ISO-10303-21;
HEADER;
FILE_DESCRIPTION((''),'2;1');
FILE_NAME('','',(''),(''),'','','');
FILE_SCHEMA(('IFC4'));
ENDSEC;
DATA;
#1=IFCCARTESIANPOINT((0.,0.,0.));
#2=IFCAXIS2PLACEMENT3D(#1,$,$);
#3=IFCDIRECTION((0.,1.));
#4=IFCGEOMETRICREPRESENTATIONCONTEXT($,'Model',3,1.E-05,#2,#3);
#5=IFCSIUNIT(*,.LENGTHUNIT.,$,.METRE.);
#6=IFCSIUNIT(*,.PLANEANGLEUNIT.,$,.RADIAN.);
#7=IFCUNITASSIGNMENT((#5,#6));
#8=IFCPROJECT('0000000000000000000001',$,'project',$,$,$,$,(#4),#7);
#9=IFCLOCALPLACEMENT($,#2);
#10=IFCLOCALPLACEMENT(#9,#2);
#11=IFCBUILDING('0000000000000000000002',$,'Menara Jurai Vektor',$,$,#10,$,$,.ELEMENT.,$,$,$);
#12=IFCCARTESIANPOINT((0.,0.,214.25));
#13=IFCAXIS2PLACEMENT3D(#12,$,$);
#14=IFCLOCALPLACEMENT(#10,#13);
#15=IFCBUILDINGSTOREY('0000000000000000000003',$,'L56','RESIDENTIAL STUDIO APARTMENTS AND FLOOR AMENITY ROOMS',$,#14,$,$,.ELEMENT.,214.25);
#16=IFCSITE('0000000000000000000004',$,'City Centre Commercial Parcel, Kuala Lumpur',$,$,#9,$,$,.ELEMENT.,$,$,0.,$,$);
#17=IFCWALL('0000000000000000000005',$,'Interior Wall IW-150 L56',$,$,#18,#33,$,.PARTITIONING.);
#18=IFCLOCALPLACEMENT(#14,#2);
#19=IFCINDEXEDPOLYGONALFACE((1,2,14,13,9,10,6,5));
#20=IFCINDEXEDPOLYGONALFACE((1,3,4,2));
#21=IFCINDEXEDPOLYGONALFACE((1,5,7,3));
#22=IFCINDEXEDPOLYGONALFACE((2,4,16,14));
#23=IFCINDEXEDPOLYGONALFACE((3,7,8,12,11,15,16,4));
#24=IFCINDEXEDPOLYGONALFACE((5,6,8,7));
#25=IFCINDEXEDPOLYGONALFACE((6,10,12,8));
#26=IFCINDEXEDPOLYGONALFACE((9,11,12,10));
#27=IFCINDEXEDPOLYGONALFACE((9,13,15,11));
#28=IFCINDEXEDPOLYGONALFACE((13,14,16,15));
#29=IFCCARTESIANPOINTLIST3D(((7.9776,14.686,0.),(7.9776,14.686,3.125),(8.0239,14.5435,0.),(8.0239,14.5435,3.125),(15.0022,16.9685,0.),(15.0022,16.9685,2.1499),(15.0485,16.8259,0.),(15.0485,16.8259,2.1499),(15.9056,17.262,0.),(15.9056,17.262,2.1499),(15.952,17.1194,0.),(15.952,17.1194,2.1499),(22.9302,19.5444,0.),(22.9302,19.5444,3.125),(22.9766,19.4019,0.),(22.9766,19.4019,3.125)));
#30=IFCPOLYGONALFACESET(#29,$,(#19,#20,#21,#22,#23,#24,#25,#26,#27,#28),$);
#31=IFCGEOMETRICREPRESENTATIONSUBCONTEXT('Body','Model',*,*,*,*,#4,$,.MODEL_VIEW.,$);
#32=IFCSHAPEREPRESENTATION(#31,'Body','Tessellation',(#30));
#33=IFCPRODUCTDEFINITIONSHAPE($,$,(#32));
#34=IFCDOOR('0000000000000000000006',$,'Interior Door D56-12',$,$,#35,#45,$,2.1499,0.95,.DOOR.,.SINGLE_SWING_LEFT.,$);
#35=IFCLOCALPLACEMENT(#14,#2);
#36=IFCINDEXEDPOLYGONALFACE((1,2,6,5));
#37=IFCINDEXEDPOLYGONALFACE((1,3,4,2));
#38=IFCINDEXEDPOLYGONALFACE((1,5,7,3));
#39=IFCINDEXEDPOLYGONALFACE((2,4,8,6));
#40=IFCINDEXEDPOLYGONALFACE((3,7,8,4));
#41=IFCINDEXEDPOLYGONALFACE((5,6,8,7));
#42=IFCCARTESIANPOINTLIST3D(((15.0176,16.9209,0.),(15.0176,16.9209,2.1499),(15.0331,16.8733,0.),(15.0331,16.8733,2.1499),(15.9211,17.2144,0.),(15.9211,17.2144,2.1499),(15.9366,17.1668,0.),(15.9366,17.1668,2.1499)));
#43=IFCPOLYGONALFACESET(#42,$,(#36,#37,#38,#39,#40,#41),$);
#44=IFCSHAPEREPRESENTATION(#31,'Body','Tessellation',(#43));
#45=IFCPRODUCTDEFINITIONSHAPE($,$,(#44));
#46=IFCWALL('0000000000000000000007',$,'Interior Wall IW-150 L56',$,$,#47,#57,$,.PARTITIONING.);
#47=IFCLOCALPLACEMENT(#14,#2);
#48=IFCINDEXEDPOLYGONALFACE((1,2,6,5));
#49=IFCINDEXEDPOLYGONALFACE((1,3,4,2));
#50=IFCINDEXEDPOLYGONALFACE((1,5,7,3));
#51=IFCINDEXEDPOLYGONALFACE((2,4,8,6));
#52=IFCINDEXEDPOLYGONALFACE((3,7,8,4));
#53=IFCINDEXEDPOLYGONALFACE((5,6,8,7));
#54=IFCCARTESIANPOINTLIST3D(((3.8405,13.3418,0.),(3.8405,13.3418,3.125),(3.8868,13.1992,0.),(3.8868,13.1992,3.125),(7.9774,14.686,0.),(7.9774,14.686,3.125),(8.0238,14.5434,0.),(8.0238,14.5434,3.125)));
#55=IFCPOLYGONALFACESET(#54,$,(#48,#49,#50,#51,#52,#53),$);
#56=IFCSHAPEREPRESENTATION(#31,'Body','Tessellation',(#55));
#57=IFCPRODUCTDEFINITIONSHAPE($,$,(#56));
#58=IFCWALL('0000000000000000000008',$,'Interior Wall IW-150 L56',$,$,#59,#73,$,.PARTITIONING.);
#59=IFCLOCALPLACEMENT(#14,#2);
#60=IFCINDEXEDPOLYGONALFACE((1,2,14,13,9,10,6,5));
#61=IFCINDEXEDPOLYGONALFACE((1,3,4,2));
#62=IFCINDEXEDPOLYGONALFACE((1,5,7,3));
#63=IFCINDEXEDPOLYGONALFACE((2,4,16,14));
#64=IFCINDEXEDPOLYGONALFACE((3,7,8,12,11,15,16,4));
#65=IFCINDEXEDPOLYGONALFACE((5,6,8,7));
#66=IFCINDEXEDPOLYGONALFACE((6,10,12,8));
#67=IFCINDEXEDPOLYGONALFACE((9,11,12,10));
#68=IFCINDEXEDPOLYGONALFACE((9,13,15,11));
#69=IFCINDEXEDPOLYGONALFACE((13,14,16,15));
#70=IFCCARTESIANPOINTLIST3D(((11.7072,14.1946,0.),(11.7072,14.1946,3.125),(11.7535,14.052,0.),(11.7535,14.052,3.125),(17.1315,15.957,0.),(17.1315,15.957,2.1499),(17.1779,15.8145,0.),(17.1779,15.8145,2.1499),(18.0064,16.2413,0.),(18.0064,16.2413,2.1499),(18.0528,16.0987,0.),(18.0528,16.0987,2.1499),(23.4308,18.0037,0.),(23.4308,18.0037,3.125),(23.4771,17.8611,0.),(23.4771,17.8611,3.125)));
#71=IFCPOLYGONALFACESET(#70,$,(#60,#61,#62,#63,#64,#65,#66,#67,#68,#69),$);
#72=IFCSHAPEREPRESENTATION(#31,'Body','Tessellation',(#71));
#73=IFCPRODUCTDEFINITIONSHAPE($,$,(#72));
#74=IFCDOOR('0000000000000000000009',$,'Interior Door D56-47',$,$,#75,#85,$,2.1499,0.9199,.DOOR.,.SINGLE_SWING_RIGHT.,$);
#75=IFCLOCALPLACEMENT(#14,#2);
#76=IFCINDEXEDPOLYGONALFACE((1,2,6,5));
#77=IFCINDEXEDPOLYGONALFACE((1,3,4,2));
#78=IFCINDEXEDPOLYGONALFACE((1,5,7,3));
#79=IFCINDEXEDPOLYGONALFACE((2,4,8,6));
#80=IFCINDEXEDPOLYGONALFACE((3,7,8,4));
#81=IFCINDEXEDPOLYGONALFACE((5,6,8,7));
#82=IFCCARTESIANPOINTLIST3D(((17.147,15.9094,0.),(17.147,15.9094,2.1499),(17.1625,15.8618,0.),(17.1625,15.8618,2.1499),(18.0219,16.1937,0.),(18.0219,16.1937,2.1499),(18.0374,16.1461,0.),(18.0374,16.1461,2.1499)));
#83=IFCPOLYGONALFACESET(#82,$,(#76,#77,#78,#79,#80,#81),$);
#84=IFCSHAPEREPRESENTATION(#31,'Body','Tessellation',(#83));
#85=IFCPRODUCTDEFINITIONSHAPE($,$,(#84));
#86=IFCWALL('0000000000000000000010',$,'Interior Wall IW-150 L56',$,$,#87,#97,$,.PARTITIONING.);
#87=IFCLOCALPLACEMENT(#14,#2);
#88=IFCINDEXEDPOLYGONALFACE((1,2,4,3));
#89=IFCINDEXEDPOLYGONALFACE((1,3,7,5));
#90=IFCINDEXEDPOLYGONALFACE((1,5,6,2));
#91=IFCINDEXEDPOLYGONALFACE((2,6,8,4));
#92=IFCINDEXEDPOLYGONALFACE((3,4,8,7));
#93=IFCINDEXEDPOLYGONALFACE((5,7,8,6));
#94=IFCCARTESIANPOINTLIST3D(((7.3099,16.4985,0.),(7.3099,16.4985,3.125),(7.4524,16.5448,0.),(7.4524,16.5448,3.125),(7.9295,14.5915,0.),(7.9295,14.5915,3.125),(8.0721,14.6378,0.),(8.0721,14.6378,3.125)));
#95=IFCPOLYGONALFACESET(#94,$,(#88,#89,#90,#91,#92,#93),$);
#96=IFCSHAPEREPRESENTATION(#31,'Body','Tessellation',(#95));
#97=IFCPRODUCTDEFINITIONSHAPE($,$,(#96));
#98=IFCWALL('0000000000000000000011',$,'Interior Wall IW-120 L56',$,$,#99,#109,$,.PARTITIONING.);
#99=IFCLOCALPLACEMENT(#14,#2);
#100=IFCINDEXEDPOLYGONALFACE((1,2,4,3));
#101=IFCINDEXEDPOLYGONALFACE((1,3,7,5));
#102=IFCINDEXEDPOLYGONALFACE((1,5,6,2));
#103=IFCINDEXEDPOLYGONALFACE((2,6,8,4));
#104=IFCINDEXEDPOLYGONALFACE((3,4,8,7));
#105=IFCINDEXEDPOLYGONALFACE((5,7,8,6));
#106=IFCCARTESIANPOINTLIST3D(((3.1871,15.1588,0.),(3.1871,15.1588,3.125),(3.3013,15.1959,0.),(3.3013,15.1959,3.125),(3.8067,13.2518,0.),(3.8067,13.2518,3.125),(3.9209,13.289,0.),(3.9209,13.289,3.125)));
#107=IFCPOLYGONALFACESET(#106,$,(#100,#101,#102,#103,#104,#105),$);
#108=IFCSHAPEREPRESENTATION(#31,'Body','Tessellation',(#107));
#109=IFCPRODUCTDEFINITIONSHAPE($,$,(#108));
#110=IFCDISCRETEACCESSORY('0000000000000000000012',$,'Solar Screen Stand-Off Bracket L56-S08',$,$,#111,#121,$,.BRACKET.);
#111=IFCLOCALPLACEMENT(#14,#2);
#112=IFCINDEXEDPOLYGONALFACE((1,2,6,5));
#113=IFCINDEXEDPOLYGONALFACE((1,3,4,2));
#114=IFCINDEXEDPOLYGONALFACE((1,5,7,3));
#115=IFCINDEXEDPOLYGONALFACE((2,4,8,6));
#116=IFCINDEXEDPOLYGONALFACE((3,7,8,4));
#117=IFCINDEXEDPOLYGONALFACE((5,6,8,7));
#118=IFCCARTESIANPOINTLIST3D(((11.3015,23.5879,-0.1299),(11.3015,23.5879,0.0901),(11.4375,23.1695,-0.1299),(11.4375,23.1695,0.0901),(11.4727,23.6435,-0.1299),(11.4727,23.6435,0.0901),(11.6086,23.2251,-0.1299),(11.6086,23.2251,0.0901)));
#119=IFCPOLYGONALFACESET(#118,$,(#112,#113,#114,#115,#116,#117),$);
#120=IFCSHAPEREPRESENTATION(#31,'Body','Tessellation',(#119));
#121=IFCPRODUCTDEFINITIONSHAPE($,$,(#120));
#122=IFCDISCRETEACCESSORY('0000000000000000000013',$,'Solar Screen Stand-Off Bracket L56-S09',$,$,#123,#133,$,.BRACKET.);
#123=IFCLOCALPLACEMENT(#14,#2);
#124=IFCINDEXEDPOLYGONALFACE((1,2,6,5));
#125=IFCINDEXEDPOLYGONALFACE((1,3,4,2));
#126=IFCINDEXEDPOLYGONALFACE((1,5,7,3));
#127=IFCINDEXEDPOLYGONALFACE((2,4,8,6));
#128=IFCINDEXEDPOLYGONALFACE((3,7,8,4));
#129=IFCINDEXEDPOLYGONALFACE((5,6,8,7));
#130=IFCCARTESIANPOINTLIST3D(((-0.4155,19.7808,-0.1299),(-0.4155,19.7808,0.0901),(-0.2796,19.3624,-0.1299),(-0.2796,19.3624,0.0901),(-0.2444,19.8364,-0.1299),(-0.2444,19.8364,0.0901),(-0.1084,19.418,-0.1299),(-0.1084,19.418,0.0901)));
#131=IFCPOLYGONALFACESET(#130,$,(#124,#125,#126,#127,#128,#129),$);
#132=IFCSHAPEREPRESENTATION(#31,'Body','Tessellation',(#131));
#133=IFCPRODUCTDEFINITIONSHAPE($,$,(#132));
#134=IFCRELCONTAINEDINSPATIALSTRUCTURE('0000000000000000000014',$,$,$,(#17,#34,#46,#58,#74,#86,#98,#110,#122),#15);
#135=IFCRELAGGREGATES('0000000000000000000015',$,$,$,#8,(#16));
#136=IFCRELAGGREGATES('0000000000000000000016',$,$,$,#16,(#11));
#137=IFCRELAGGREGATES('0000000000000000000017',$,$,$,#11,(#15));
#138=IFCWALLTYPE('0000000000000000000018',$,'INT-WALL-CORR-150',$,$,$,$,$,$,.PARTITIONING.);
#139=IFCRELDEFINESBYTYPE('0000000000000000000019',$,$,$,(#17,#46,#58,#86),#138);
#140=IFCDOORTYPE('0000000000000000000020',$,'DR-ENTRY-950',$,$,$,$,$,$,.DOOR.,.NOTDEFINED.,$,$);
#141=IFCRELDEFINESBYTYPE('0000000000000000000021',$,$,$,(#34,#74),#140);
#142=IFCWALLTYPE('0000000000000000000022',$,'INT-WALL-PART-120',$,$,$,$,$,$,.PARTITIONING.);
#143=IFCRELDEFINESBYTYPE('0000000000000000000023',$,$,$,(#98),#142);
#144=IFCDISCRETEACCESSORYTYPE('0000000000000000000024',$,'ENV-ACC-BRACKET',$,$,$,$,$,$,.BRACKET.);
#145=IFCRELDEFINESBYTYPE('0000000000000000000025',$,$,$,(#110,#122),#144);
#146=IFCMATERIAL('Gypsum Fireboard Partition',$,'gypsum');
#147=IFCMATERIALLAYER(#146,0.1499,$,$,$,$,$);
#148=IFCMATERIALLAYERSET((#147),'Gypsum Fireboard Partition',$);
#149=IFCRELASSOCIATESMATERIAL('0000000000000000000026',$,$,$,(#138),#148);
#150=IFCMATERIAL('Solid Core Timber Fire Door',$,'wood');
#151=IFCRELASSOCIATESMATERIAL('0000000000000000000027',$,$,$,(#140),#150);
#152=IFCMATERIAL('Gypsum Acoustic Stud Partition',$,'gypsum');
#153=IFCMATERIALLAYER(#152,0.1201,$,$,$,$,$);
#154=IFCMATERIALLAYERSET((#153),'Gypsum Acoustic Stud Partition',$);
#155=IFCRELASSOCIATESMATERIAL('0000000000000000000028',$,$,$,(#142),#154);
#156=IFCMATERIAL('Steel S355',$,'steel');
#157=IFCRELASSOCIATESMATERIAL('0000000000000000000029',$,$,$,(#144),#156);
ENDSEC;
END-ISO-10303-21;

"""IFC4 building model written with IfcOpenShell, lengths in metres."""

from ifc_helpers import new_model, si_unit, direction, frame, frame_2d, origin, origin_2d, place, context, subcontext, project, spatial, rectangle, extrude, material, layer, layer_set, type_object, element, fill, save


model = new_model("IFC4")

# Units and contexts
model_context = context("Model", 3, precision=1e-05, world=origin(), true_north=direction((0.0, 1.0)))
body_context = subcontext(model_context, "Body", "Model", "MODEL_VIEW")
ifc_project = project(units=[si_unit("LENGTHUNIT", "METRE"), si_unit("PLANEANGLEUNIT", "RADIAN")], contexts=[model_context])

# Site, building, storey
site_placement = place(None, origin())
site = spatial("IfcSite", under=ifc_project, at=site_placement, Name="City Centre Commercial Parcel, Kuala Lumpur", CompositionType="ELEMENT", RefElevation=0.0)
building_placement = place(site_placement, origin())
building = spatial("IfcBuilding", under=site, at=building_placement, Name="Menara Jurai Vektor", CompositionType="ELEMENT")
storey_placement = place(building_placement, frame((0.0, 0.0, 214.25)))
storey = spatial("IfcBuildingStorey", under=building, at=storey_placement, Name="L56", Description="RESIDENTIAL STUDIO APARTMENTS AND FLOOR AMENITY ROOMS", CompositionType="ELEMENT", Elevation=214.25)

# Shared definitions
ifc_material_1 = material(Name="Steel S355", Category="steel")

# Wall, opening, door
ifc_material_2 = material(Name="Gypsum Fireboard Partition", Category="gypsum")
ifc_layer_1 = layer(ifc_material_2, 0.1499)
ifc_layer_set_1 = layer_set([ifc_layer_1], Name="Gypsum Fireboard Partition")
wall_type_1 = type_object("IfcWallType", Name="INT-WALL-CORR-150", PredefinedType="PARTITIONING", material=ifc_layer_set_1)
wall_1_placement = place(storey_placement, frame((8.0007, 14.6147, 0.0), z_axis=(0.0, 0.0, 1.0), x_axis=(0.951057, 0.309017, 0.0)))
wall_1 = element("IfcWall", 1, at=wall_1_placement, inside=storey, type_object=wall_type_1, Name="Interior Wall IW-150 L56", PredefinedType="PARTITIONING", context=body_context, shape_type="SweptSolid", body=[
    extrude(rectangle(XDim=15.7222, YDim=0.1499, at=frame_2d((7.8611, 0.0))), origin(), (0.0, 0.0, 1.0), 3.125),
])
opening_1_placement = place(wall_1_placement, frame((7.386, 0.0, 0.0)))
opening_1 = element("IfcOpeningElement", 2, at=opening_1_placement, cuts=wall_1, PredefinedType="OPENING", context=body_context, shape_type="SweptSolid", body=[
    extrude(rectangle(XDim=0.95, YDim=2.1499, at=frame_2d((0.4751, 1.075))), frame((0.0, 0.085, 0.0), z_axis=(0.0, -1.0, 0.0), x_axis=(1.0, 0.0, 0.0)), (0.0, 0.0, 1.0), 0.1699),
])
ifc_material_3 = material(Name="Solid Core Timber Fire Door", Category="wood")
door_type_1 = type_object("IfcDoorType", Name="DR-ENTRY-950", OperationType="NOTDEFINED", PredefinedType="DOOR", material=ifc_material_3)
door_1_placement = place(opening_1_placement, origin())
door_1 = element("IfcDoor", 3, at=door_1_placement, inside=storey, type_object=door_type_1, Name="Interior Door D56-12", OperationType="SINGLE_SWING_LEFT", OverallHeight=2.1499, OverallWidth=0.95, PredefinedType="DOOR", context=body_context, shape_type="SweptSolid", body=[
    extrude(rectangle(XDim=0.95, YDim=2.1499, at=frame_2d((0.4751, 1.075))), frame((0.0, 0.0249, 0.0), z_axis=(0.0, -1.0, 0.0), x_axis=(1.0, 0.0, 0.0)), (0.0, 0.0, 1.0), 0.05),
])
fill(opening_1, door_1)

# Wall
wall_2_placement = place(storey_placement, frame((3.8638, 13.2705, 0.0), z_axis=(0.0, 0.0, 1.0), x_axis=(0.951053, 0.309029, 0.0)))
element("IfcWall", 4, at=wall_2_placement, inside=storey, type_object=wall_type_1, Name="Interior Wall IW-150 L56", PredefinedType="PARTITIONING", context=body_context, shape_type="SweptSolid", body=[
    extrude(rectangle(XDim=4.3499, YDim=0.1499, at=frame_2d((2.1748, 0.0))), origin(), (0.0, 0.0, 1.0), 3.125),
])

# Wall, opening, door
wall_3_placement = place(storey_placement, frame((11.7302, 14.1233, 0.0), z_axis=(0.0, 0.0, 1.0), x_axis=(0.95106, 0.309005, 0.0)))
wall_3 = element("IfcWall", 5, at=wall_3_placement, inside=storey, type_object=wall_type_1, Name="Interior Wall IW-150 L56", PredefinedType="PARTITIONING", context=body_context, shape_type="SweptSolid", body=[
    extrude(rectangle(XDim=12.3269, YDim=0.1499, at=frame_2d((6.1636, 0.0))), origin(), (0.0, 0.0, 1.0), 3.125),
])
opening_2_placement = place(wall_3_placement, frame((5.7036, 0.0, 0.0)))
opening_2 = element("IfcOpeningElement", 6, at=opening_2_placement, cuts=wall_3, PredefinedType="OPENING", context=body_context, shape_type="SweptSolid", body=[
    extrude(rectangle(XDim=0.9199, YDim=2.1499, at=frame_2d((0.46, 1.075))), frame((0.0, 0.085, 0.0), z_axis=(0.0, -1.0, 0.0), x_axis=(1.0, 0.0, 0.0)), (0.0, 0.0, 1.0), 0.1699),
])
door_2_placement = place(opening_2_placement, origin())
door_2 = element("IfcDoor", 7, at=door_2_placement, inside=storey, type_object=door_type_1, Name="Interior Door D56-47", OperationType="SINGLE_SWING_RIGHT", OverallHeight=2.1499, OverallWidth=0.9199, PredefinedType="DOOR", context=body_context, shape_type="SweptSolid", body=[
    extrude(rectangle(XDim=0.9199, YDim=2.1499, at=frame_2d((0.46, 1.075))), frame((0.0, 0.0249, 0.0), z_axis=(0.0, -1.0, 0.0), x_axis=(1.0, 0.0, 0.0)), (0.0, 0.0, 1.0), 0.05),
])
fill(opening_2, door_2)

# Walls
wall_4_placement = place(storey_placement, frame((8.0007, 14.6147, 0.0), z_axis=(0.0, 0.0, 1.0), x_axis=(-0.309023, 0.951055, 0.0)))
element("IfcWall", 8, at=wall_4_placement, inside=storey, type_object=wall_type_1, Name="Interior Wall IW-150 L56", PredefinedType="PARTITIONING", context=body_context, shape_type="SweptSolid", body=[
    extrude(rectangle(XDim=2.0051, YDim=0.1499, at=frame_2d((1.0024, 0.0))), origin(), (0.0, 0.0, 1.0), 3.125),
])
ifc_material_4 = material(Name="Gypsum Acoustic Stud Partition", Category="gypsum")
ifc_layer_2 = layer(ifc_material_4, 0.1201)
ifc_layer_set_2 = layer_set([ifc_layer_2], Name="Gypsum Acoustic Stud Partition")
wall_type_2 = type_object("IfcWallType", Name="INT-WALL-PART-120", PredefinedType="PARTITIONING", material=ifc_layer_set_2)
wall_5_placement = place(storey_placement, frame((3.8638, 13.2705, 0.0), z_axis=(0.0, 0.0, 1.0), x_axis=(-0.309023, 0.951055, 0.0)))
element("IfcWall", 9, at=wall_5_placement, inside=storey, type_object=wall_type_2, Name="Interior Wall IW-120 L56", PredefinedType="PARTITIONING", context=body_context, shape_type="SweptSolid", body=[
    extrude(rectangle(XDim=2.0051, YDim=0.1201, at=frame_2d((1.0024, 0.0))), origin(), (0.0, 0.0, 1.0), 3.125),
])

# Discrete accessories
discrete_accessory_type = type_object("IfcDiscreteAccessoryType", Name="ENV-ACC-BRACKET", PredefinedType="BRACKET", material=ifc_material_1)
for number, where, z_axis, x_axis, name in (
    (10, (11.4551, 23.4065, -0.1299), (0.0, 0.0, 1.0), (-0.951057, -0.309017, 0.0), "Solar Screen Stand-Off Bracket L56-S08"),
    (11, (-0.262, 19.5994, -0.1299), (0.0, 0.0, 1.0), (-0.951057, -0.309017, 0.0), "Solar Screen Stand-Off Bracket L56-S09"),
):
    element("IfcDiscreteAccessory", number, at=place(storey_placement, frame(where, z_axis=z_axis, x_axis=x_axis)), inside=storey, type_object=discrete_accessory_type, Name=name, PredefinedType="BRACKET", context=body_context, shape_type="SweptSolid", body=[
        extrude(rectangle(XDim=0.1799, YDim=0.4399, at=origin_2d()), origin(), (0.0, 0.0, 1.0), 0.22),
    ])

save(model, "model.ifc")
